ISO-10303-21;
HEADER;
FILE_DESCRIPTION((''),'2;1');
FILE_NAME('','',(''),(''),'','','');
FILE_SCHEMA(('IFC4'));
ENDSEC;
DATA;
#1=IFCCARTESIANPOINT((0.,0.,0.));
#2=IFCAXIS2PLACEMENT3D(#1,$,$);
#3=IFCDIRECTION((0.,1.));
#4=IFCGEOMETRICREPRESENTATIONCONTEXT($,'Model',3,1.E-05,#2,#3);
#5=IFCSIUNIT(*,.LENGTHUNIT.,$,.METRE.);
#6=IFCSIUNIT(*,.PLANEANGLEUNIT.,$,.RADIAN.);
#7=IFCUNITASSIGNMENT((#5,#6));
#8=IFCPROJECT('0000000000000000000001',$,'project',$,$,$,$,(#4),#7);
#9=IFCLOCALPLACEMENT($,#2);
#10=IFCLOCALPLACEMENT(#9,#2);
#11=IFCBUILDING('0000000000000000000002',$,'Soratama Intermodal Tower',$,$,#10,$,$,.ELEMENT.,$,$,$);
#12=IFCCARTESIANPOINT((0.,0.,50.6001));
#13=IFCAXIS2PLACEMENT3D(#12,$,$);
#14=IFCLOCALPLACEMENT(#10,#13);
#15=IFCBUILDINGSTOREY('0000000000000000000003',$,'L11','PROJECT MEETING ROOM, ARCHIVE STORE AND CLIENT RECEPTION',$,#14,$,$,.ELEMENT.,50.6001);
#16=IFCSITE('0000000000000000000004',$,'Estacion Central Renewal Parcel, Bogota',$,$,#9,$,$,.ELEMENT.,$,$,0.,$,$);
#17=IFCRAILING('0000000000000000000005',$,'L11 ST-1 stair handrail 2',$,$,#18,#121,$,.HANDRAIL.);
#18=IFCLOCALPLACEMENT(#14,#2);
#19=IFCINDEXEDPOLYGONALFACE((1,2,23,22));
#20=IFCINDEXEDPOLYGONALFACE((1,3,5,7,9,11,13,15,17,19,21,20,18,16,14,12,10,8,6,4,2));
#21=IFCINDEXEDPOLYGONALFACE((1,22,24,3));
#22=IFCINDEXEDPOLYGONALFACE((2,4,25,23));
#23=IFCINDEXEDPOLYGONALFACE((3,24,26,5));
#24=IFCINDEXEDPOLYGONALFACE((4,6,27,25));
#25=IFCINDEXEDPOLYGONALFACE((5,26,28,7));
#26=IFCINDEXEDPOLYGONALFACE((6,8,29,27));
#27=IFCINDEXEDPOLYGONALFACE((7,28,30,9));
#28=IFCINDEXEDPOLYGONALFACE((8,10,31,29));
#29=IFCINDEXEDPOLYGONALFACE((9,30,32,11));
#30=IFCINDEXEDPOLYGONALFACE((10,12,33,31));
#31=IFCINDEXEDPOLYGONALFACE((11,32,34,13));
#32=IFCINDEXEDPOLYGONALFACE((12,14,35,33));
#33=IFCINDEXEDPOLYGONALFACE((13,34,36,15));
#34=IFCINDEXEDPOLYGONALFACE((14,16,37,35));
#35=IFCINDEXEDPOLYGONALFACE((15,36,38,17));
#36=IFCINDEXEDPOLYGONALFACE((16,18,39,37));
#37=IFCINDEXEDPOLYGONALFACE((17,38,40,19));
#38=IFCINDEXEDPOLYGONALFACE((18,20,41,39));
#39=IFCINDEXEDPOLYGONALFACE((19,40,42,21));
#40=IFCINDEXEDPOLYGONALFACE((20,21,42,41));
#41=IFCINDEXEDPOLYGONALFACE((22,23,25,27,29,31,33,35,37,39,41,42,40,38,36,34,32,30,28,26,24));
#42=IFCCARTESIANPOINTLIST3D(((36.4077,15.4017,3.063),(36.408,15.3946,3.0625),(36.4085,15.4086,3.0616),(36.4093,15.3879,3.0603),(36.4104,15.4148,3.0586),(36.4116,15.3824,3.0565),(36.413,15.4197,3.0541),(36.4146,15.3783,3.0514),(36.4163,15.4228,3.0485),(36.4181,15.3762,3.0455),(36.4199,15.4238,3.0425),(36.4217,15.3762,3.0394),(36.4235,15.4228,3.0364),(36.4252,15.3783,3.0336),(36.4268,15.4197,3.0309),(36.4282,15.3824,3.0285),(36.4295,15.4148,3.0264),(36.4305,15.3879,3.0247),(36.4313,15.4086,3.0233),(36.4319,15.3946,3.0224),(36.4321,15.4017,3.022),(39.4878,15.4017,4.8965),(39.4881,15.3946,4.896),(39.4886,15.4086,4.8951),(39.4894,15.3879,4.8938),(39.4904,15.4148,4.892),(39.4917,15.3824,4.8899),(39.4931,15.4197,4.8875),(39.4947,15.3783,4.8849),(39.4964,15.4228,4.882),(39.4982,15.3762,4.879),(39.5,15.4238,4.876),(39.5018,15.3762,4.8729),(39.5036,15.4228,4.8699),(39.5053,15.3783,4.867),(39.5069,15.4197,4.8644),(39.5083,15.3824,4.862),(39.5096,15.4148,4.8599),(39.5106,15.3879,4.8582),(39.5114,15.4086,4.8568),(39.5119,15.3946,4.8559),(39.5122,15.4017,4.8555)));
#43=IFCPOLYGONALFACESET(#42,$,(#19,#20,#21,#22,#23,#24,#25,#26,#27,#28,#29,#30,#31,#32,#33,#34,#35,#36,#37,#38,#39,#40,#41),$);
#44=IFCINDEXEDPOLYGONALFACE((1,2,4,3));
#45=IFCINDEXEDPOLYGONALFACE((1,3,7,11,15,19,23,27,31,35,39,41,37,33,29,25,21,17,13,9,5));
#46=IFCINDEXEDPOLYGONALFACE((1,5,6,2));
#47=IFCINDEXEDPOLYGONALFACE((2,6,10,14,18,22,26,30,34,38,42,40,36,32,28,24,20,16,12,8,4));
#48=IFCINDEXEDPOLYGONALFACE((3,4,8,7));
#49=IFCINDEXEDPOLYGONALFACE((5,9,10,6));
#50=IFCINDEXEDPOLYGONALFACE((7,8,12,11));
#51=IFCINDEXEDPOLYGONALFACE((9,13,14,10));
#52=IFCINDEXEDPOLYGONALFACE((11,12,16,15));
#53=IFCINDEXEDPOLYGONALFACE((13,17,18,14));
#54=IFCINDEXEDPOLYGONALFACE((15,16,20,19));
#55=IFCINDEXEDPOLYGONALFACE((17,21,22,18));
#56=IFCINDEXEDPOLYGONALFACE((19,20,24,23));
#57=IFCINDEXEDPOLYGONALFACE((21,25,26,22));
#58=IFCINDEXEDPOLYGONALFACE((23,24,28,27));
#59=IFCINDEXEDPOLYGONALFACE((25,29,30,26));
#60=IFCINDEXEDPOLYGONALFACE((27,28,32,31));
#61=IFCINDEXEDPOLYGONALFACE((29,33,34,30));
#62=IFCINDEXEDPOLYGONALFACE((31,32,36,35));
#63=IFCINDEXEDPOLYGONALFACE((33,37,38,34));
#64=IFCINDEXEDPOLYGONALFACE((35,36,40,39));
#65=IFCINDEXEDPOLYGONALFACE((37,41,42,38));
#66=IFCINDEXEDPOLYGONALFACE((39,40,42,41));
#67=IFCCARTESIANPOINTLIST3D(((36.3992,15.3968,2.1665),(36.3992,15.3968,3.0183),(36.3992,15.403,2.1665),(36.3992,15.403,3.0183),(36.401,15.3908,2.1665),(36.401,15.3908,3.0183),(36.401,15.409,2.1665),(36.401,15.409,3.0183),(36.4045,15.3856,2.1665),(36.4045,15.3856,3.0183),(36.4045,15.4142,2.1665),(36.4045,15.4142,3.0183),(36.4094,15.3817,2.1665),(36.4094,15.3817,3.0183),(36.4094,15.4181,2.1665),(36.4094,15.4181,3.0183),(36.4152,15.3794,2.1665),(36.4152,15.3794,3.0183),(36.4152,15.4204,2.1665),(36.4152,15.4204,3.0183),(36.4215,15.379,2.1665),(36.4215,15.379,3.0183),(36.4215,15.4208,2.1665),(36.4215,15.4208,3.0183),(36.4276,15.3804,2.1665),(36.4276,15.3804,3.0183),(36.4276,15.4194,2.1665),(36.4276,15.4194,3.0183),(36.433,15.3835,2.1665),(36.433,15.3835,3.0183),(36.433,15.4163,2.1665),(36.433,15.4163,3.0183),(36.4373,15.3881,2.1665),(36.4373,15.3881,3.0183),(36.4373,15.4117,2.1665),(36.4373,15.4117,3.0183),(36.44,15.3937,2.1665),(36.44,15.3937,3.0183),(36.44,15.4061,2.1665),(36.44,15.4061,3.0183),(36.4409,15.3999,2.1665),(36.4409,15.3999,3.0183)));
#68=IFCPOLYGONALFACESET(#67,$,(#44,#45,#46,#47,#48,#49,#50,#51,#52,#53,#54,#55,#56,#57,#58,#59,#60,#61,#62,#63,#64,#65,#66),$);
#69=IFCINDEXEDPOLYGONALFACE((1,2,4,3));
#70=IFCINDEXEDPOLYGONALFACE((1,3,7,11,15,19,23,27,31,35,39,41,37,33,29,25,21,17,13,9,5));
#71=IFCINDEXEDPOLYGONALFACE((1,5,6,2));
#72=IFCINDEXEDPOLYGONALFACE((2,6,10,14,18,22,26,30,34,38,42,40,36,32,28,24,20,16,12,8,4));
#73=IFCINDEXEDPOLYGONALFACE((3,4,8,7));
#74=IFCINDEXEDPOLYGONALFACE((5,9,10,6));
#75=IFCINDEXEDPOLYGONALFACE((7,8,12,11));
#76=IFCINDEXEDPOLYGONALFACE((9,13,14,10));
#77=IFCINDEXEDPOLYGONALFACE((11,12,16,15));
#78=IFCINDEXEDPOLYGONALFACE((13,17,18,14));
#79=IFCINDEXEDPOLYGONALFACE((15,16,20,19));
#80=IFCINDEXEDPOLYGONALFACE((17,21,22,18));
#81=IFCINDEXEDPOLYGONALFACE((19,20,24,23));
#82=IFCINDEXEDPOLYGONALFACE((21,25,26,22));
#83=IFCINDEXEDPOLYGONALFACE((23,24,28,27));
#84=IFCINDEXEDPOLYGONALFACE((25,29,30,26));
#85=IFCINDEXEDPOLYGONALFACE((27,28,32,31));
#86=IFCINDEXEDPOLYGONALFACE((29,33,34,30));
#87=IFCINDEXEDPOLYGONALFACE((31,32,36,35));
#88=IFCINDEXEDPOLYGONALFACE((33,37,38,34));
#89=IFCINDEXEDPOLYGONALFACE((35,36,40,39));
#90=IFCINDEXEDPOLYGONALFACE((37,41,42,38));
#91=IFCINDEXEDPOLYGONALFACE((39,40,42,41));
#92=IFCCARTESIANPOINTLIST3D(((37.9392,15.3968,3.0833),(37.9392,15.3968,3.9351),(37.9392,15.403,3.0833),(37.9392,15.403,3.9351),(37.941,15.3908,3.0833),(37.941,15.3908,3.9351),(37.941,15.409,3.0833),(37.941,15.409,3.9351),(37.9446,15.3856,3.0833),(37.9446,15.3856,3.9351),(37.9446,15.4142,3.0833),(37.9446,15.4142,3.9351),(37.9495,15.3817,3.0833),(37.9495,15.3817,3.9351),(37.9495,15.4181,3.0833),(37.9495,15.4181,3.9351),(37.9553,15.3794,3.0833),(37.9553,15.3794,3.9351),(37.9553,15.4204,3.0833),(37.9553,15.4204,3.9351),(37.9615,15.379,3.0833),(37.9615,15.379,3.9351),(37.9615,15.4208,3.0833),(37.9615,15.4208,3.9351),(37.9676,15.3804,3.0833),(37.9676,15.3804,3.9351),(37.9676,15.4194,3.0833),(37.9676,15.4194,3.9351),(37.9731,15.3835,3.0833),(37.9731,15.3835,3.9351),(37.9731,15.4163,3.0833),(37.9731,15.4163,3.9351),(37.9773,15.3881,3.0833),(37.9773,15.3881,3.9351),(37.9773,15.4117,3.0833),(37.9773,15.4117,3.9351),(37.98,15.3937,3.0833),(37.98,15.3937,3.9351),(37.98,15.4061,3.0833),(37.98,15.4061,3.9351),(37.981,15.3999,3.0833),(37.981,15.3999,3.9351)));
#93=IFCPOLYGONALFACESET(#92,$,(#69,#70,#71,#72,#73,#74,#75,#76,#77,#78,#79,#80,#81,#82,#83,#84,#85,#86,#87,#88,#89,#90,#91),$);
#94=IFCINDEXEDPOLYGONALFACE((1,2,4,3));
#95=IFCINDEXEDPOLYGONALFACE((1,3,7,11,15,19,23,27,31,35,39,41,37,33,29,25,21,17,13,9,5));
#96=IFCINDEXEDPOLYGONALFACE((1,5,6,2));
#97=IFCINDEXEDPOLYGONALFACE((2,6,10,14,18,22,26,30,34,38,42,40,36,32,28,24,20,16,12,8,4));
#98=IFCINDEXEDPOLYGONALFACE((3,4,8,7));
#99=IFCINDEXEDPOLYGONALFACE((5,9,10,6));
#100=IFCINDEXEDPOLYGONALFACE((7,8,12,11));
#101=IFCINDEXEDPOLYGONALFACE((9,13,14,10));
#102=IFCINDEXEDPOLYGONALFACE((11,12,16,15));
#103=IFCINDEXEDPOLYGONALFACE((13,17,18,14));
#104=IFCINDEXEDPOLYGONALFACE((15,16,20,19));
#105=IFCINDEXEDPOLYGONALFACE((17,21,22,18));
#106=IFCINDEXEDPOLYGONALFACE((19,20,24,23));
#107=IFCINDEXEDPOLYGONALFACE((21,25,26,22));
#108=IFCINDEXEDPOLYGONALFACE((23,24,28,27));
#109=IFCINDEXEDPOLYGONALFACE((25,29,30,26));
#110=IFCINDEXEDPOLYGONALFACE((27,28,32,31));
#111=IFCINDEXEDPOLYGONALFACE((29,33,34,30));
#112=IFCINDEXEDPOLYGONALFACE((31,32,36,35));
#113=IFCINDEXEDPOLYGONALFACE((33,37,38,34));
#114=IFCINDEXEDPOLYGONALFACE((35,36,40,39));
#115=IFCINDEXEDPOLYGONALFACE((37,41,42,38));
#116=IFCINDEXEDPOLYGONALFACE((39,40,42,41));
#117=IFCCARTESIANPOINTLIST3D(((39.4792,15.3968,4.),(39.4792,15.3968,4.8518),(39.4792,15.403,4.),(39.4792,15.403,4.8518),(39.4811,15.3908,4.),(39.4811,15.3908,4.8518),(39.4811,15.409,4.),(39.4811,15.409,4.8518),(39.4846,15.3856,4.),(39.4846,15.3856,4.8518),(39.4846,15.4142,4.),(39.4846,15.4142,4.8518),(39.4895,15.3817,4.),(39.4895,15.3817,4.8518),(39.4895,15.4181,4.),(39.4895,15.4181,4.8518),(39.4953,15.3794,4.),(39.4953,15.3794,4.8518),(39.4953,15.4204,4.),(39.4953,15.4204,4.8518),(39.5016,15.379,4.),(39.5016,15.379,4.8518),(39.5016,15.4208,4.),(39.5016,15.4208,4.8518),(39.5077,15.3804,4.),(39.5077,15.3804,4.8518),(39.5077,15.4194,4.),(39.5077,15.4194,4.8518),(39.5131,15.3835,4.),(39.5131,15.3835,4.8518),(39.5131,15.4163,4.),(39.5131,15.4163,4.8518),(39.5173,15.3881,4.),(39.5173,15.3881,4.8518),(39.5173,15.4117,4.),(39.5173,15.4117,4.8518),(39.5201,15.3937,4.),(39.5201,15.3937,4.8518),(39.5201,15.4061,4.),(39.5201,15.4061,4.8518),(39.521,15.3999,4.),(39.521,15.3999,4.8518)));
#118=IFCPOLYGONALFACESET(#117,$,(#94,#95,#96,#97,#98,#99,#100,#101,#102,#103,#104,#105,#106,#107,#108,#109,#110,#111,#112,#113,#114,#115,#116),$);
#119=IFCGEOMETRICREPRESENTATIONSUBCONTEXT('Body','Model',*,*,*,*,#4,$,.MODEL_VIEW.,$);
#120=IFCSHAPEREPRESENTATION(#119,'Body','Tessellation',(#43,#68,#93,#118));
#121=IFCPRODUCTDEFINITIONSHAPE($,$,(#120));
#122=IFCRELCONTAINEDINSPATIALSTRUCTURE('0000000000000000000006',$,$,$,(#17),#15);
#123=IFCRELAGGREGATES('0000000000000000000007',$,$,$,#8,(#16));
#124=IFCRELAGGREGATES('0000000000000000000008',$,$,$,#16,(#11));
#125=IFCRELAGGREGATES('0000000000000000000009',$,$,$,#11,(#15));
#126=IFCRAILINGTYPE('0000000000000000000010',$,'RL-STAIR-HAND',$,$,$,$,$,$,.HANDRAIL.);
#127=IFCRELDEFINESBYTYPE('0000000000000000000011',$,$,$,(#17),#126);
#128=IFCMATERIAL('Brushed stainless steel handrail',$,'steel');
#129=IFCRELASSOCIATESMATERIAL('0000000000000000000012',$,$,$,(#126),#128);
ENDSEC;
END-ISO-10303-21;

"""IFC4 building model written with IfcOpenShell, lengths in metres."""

from ifc_helpers import new_model, si_unit, direction, frame, origin, origin_2d, place, context, subcontext, project, spatial, circle, extrude, material, type_object, element, save


model = new_model("IFC4")

# Units and contexts
model_context = context("Model", 3, precision=1e-05, world=origin(), true_north=direction((0.0, 1.0)))
body_context = subcontext(model_context, "Body", "Model", "MODEL_VIEW")
ifc_project = project(units=[si_unit("LENGTHUNIT", "METRE"), si_unit("PLANEANGLEUNIT", "RADIAN")], contexts=[model_context])

# Site, building, storey
site_placement = place(None, origin())
site = spatial("IfcSite", under=ifc_project, at=site_placement, Name="Estacion Central Renewal Parcel, Bogota", CompositionType="ELEMENT", RefElevation=0.0)
building_placement = place(site_placement, origin())
building = spatial("IfcBuilding", under=site, at=building_placement, Name="Soratama Intermodal Tower", CompositionType="ELEMENT")
storey_placement = place(building_placement, frame((0.0, 0.0, 50.6001)))
storey = spatial("IfcBuildingStorey", under=building, at=storey_placement, Name="L11", Description="PROJECT MEETING ROOM, ARCHIVE STORE AND CLIENT RECEPTION", CompositionType="ELEMENT", Elevation=50.6001)

# Railing
ifc_material_1 = material(Name="Brushed stainless steel handrail", Category="steel")
railing_type_1 = type_object("IfcRailingType", Name="RL-STAIR-HAND", PredefinedType="HANDRAIL", material=ifc_material_1)
railing_1_placement = place(storey_placement, frame((36.4199, 15.3999, 2.1665)))
element("IfcRailing", 1, at=railing_1_placement, inside=storey, type_object=railing_type_1, Name="L11 ST-1 stair handrail 2", PredefinedType="HANDRAIL", context=body_context, shape_type="SweptSolid", body=[
    extrude(circle(Radius=0.0239, at=origin_2d()), frame((0.0, 0.0, 0.876), z_axis=(0.859279, 0.0, 0.511508), x_axis=(0.0, 1.0, 0.0)), (0.0, 0.0, 1.0), 3.5845),
    extrude(circle(Radius=0.021, at=origin_2d()), origin(), (0.0, 0.0, 1.0), 0.8518),
    extrude(circle(Radius=0.021, at=origin_2d()), frame((1.54, 0.0, 0.9167)), (0.0, 0.0, 1.0), 0.8518),
    extrude(circle(Radius=0.021, at=origin_2d()), frame((3.0801, 0.0, 1.8335)), (0.0, 0.0, 1.0), 0.8518),
])

save(model, "model.ifc")
